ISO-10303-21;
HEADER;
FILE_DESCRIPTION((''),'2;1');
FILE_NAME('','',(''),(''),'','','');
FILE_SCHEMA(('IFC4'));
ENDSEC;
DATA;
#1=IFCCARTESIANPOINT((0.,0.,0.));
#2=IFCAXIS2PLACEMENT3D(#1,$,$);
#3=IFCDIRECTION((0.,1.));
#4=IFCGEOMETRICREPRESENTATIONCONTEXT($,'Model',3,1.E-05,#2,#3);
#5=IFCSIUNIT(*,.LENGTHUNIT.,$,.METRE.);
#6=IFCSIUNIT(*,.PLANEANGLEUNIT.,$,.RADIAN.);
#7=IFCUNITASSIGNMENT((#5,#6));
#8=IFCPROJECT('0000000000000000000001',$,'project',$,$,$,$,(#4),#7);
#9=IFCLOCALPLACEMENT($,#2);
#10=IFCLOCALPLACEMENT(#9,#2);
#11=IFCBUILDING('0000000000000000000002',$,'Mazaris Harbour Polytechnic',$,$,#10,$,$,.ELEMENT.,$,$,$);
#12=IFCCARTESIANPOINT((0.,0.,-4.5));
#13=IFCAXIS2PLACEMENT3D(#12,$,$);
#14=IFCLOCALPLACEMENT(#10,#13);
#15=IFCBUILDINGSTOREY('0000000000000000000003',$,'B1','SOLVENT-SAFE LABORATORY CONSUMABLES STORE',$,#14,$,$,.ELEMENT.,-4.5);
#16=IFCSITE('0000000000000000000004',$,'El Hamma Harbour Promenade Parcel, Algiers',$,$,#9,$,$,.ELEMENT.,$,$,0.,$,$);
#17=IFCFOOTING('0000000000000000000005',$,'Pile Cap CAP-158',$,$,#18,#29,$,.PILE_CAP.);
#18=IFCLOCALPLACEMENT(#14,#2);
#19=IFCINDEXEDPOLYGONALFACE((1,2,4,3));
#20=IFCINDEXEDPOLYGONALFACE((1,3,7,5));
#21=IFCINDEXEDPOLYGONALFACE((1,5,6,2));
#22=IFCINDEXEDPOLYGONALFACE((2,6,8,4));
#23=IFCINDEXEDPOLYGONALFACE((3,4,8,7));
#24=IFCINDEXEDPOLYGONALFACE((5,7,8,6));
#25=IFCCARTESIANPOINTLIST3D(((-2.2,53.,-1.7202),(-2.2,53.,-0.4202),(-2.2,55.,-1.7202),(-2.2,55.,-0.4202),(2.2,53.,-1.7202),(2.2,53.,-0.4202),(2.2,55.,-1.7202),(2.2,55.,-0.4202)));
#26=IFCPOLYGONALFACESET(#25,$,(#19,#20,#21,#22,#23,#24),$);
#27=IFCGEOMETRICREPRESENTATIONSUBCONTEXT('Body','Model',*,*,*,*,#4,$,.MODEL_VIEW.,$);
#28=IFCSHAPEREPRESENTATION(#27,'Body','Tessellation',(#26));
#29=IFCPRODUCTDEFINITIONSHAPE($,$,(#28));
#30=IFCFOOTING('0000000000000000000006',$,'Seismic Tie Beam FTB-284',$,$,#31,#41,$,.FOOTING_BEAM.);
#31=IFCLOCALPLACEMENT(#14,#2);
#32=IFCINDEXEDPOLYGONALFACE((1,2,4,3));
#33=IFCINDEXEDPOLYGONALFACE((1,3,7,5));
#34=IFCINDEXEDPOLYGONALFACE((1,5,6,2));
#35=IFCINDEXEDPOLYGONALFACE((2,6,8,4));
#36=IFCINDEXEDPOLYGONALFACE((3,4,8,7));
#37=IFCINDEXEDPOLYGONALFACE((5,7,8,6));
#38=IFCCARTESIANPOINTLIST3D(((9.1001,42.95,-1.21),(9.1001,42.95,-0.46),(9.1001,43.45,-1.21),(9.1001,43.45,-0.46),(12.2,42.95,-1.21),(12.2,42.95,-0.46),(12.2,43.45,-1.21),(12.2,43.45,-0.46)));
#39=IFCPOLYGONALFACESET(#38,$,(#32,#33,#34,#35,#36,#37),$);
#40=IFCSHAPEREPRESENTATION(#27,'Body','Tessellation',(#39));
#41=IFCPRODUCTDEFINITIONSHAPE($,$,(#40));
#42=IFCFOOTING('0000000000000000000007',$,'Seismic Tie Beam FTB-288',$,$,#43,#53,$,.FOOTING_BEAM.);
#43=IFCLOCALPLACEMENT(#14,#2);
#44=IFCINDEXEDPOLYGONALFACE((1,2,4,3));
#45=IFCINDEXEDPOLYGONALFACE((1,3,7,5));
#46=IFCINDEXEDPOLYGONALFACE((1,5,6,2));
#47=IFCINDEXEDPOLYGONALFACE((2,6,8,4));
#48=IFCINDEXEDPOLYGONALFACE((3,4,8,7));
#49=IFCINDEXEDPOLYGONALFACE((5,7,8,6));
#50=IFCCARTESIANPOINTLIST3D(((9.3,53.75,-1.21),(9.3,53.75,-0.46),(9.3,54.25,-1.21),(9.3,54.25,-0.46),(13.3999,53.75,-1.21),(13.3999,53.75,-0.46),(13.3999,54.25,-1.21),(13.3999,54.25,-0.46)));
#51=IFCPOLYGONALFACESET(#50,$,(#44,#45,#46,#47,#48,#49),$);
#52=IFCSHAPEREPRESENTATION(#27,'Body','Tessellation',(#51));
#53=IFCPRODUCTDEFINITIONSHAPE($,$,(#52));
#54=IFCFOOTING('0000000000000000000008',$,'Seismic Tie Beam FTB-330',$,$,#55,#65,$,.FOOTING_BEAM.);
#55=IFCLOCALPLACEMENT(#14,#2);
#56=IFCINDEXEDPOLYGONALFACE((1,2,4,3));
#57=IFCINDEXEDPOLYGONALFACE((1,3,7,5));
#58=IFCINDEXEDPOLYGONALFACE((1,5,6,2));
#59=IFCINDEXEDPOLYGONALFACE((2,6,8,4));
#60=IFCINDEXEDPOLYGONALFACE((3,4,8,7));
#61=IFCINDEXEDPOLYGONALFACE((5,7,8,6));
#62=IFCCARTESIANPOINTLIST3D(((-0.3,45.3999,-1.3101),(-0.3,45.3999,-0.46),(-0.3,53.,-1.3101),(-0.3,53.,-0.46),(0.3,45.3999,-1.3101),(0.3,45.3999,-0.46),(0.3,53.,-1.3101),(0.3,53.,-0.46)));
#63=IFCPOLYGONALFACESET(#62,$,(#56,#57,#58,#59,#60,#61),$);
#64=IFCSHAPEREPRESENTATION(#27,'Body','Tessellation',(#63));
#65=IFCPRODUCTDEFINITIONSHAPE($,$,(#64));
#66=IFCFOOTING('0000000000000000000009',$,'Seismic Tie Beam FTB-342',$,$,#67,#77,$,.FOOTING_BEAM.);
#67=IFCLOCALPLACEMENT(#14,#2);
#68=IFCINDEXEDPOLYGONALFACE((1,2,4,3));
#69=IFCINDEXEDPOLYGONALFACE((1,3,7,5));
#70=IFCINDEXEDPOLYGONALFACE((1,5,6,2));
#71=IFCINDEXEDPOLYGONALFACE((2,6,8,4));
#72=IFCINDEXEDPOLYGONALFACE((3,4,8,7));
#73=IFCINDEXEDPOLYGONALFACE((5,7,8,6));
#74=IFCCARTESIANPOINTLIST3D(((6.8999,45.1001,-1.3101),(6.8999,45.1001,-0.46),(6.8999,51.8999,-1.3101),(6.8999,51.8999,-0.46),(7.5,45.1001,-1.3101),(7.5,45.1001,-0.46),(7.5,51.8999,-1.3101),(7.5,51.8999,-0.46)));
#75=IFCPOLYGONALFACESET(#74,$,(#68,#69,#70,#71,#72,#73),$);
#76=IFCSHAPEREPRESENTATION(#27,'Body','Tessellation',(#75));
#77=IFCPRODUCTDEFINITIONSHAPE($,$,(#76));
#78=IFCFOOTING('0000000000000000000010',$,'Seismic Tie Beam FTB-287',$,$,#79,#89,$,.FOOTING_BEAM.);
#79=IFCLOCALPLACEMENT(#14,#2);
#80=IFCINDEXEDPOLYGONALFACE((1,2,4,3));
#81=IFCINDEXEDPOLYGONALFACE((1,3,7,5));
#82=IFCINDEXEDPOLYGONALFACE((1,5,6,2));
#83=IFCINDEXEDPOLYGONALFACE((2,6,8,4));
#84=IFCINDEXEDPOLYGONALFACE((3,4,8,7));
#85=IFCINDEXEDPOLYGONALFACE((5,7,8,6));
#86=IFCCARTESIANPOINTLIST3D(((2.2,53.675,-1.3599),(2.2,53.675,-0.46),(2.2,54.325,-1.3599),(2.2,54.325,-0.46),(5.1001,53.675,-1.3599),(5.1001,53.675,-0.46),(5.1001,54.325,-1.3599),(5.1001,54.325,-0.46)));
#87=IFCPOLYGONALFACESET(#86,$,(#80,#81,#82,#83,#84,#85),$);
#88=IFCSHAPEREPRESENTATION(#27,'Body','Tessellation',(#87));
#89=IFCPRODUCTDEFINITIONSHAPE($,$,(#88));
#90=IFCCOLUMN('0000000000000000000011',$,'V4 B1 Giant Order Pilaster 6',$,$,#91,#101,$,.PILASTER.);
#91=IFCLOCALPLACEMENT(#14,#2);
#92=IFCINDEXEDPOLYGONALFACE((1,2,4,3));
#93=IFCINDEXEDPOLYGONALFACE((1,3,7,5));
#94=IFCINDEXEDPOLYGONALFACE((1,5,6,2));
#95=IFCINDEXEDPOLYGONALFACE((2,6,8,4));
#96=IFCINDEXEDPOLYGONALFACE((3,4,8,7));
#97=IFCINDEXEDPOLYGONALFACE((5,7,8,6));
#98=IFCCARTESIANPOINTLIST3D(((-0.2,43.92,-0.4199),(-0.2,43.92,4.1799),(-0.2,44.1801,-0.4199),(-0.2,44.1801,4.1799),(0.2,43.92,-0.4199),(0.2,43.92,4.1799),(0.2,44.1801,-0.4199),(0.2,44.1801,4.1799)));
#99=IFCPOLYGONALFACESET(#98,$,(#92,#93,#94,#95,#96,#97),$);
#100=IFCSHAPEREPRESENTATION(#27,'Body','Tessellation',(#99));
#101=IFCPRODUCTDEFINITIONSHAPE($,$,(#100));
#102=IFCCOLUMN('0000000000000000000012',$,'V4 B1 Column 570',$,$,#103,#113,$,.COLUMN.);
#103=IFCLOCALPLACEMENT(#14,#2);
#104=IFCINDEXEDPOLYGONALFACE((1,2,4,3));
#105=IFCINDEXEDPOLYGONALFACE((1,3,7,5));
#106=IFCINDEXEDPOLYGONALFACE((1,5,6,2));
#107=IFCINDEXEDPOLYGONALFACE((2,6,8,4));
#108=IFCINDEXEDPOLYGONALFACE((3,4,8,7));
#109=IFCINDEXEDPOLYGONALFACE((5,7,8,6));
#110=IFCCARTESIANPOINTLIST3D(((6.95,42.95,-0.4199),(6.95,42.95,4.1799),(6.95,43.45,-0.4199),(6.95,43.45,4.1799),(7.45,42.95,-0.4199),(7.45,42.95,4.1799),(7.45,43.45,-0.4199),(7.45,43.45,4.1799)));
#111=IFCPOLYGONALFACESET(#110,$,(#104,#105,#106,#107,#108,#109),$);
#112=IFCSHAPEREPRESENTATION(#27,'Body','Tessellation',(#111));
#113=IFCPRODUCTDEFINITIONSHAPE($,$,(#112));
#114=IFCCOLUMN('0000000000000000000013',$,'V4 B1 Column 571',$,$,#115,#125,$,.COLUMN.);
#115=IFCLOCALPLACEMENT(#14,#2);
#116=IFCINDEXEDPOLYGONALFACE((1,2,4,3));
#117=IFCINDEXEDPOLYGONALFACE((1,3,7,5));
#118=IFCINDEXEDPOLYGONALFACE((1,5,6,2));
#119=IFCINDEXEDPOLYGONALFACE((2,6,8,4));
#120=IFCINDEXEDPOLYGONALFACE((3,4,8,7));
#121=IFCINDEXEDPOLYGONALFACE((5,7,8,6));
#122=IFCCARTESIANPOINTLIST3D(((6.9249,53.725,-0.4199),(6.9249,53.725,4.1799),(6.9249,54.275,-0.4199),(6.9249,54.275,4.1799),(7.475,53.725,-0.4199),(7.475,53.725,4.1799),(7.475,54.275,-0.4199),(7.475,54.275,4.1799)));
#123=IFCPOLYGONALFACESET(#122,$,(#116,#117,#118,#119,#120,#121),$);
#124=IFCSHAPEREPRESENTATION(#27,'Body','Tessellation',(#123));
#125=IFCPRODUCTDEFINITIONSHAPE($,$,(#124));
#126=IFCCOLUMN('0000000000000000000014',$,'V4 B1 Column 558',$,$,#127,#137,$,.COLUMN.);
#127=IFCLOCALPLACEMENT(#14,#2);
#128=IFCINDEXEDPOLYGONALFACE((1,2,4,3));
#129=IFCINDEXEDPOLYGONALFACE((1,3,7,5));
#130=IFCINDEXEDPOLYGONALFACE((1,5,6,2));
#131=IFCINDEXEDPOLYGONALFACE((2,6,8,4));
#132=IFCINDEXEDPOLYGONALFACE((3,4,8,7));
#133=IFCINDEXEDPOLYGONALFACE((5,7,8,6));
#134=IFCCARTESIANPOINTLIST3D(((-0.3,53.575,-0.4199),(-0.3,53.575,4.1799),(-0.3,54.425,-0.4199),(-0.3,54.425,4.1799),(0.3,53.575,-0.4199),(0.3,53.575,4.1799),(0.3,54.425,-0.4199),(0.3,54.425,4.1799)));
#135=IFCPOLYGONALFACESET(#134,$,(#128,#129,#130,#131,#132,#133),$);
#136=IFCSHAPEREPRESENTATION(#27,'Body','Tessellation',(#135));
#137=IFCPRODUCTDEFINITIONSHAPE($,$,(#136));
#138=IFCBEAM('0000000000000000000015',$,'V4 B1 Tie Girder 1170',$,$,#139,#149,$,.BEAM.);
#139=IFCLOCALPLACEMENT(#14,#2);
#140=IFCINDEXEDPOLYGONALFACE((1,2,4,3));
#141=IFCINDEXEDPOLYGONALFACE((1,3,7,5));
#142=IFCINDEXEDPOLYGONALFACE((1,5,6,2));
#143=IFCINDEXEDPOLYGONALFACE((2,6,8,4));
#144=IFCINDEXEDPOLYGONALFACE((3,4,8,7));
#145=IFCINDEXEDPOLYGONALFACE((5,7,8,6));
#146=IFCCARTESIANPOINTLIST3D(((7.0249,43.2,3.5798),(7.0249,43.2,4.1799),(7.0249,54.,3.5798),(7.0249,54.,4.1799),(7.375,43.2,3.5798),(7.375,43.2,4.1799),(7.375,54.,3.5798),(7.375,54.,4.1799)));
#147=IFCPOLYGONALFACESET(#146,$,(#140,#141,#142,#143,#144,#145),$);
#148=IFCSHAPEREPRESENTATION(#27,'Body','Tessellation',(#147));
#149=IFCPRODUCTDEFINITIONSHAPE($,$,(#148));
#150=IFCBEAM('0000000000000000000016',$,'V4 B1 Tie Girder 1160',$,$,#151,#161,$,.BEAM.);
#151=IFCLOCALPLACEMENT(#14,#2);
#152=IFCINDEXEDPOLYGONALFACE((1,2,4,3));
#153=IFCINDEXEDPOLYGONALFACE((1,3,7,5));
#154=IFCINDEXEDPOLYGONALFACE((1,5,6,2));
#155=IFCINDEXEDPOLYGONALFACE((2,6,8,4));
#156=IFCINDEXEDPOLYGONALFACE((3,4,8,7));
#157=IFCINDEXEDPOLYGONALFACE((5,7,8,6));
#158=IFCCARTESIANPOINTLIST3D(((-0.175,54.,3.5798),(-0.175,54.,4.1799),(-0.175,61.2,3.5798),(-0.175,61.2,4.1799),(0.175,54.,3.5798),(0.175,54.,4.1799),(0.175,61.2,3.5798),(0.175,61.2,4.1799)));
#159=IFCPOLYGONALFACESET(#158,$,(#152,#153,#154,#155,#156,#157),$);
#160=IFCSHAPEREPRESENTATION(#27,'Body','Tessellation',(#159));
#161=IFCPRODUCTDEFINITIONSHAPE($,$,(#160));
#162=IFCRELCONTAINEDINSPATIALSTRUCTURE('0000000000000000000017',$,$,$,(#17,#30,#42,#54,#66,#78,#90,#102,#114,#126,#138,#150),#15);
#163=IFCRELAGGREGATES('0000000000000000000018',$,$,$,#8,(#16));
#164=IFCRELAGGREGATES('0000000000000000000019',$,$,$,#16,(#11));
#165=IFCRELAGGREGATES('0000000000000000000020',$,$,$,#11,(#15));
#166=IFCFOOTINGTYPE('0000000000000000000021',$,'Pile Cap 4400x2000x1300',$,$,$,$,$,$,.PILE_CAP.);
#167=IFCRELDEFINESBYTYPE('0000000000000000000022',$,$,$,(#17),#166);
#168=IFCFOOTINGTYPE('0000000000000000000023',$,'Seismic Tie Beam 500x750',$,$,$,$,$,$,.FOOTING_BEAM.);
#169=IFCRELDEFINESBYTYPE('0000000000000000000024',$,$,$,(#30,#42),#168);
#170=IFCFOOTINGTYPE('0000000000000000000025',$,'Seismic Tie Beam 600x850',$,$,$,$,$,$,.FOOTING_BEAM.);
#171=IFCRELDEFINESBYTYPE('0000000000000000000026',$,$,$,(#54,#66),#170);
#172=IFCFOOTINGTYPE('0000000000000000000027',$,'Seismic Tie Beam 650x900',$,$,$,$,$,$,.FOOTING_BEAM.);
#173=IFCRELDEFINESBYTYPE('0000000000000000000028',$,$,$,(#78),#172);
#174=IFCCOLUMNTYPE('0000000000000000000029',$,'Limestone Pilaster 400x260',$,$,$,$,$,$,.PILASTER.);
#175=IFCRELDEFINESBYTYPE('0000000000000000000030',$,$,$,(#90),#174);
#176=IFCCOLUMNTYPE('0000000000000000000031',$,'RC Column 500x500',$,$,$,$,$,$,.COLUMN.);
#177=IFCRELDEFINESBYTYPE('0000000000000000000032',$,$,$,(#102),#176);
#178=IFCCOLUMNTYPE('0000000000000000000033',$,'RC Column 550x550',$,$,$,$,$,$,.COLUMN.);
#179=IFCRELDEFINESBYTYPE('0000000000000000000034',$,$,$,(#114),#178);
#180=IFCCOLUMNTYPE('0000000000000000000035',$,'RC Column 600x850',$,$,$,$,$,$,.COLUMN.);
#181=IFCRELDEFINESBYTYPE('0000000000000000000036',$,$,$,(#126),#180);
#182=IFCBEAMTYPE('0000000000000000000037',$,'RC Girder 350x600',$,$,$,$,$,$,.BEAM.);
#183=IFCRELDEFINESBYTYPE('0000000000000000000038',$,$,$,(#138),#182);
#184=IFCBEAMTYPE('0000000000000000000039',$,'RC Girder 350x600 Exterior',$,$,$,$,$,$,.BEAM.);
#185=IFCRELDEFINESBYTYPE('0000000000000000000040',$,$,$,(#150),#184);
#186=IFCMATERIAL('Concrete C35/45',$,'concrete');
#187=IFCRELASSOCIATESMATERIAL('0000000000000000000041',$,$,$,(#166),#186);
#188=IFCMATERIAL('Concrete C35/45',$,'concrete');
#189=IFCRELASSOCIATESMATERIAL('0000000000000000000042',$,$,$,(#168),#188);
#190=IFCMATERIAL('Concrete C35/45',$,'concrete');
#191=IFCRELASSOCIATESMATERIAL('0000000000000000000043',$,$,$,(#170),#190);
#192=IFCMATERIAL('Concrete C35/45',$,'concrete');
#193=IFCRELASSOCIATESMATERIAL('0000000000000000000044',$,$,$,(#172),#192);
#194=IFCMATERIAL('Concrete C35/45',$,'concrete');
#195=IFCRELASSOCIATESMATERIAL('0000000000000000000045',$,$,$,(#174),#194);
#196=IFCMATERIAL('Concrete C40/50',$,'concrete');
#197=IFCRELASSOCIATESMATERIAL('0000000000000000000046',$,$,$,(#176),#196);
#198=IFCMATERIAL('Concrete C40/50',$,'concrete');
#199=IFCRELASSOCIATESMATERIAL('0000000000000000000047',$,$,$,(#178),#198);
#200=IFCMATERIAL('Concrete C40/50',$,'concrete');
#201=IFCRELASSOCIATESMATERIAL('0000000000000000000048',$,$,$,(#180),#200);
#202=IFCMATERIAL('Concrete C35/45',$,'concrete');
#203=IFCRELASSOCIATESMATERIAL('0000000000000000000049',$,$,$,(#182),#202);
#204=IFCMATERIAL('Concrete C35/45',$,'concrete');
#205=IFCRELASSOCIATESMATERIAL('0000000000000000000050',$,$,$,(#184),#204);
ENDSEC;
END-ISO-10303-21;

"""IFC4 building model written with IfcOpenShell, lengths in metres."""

from ifc_helpers import new_model, si_unit, direction, frame, origin, origin_2d, place, context, subcontext, project, spatial, rectangle, extrude, material, material_profile, profile_set, type_object, element, save


model = new_model("IFC4")

# Units and contexts
model_context = context("Model", 3, precision=1e-05, world=origin(), true_north=direction((0.0, 1.0)))
body_context = subcontext(model_context, "Body", "Model", "MODEL_VIEW")
ifc_project = project(units=[si_unit("LENGTHUNIT", "METRE"), si_unit("PLANEANGLEUNIT", "RADIAN")], contexts=[model_context])

# Site, building, storey
site_placement = place(None, origin())
site = spatial("IfcSite", under=ifc_project, at=site_placement, Name="El Hamma Harbour Promenade Parcel, Algiers", CompositionType="ELEMENT", RefElevation=0.0)
building_placement = place(site_placement, origin())
building = spatial("IfcBuilding", under=site, at=building_placement, Name="Mazaris Harbour Polytechnic", CompositionType="ELEMENT")
storey_placement = place(building_placement, frame((0.0, 0.0, -4.5)))
storey = spatial("IfcBuildingStorey", under=building, at=storey_placement, Name="B1", Description="SOLVENT-SAFE LABORATORY CONSUMABLES STORE", CompositionType="ELEMENT", Elevation=-4.5)

# Footings
ifc_material_1 = material(Name="Concrete C35/45", Category="concrete")
footing_type_1 = type_object("IfcFootingType", Name="Pile Cap 4400x2000x1300", PredefinedType="PILE_CAP", material=ifc_material_1)
footing_1_placement = place(storey_placement, frame((0.0, 54.0, -1.7202), z_axis=(0.0, 0.0, 1.0), x_axis=(1.0, 0.0, 0.0)))
element("IfcFooting", 1, at=footing_1_placement, inside=storey, type_object=footing_type_1, Name="Pile Cap CAP-158", PredefinedType="PILE_CAP", context=body_context, shape_type="SweptSolid", body=[
    extrude(rectangle(XDim=4.3999, YDim=2.0, at=origin_2d()), origin(), (0.0, 0.0, 1.0), 1.3),
])
ifc_material_2 = material(Name="Concrete C35/45", Category="concrete")
ifc_material_profile_1 = material_profile(ifc_material_2, rectangle(XDim=0.5, YDim=0.75, at=origin_2d()), Name="RECT500x750")
ifc_profile_set_1 = profile_set([ifc_material_profile_1], Name="Concrete C35/45")
footing_type_2 = type_object("IfcFootingType", Name="Seismic Tie Beam 500x750", PredefinedType="FOOTING_BEAM", material=ifc_profile_set_1)
footing_2_placement = place(storey_placement, frame((9.1001, 43.2, -0.835), z_axis=(1.0, 0.0, 0.0), x_axis=(0.0, 1.0, 0.0)))
element("IfcFooting", 2, at=footing_2_placement, inside=storey, type_object=footing_type_2, Name="Seismic Tie Beam FTB-284", PredefinedType="FOOTING_BEAM", context=body_context, shape_type="SweptSolid", body=[
    extrude(rectangle(XDim=0.5, YDim=0.75, at=origin_2d()), origin(), (0.0, 0.0, 1.0), 3.0999),
])
footing_3_placement = place(storey_placement, frame((9.3, 54.0, -0.835), z_axis=(1.0, 0.0, 0.0), x_axis=(0.0, 1.0, 0.0)))
element("IfcFooting", 3, at=footing_3_placement, inside=storey, type_object=footing_type_2, Name="Seismic Tie Beam FTB-288", PredefinedType="FOOTING_BEAM", context=body_context, shape_type="SweptSolid", body=[
    extrude(rectangle(XDim=0.5, YDim=0.75, at=origin_2d()), origin(), (0.0, 0.0, 1.0), 4.0999),
])
ifc_material_3 = material(Name="Concrete C35/45", Category="concrete")
ifc_material_profile_2 = material_profile(ifc_material_3, rectangle(XDim=0.6001, YDim=0.8501, at=origin_2d()), Name="RECT600x850")
ifc_profile_set_2 = profile_set([ifc_material_profile_2], Name="Concrete C35/45")
footing_type_3 = type_object("IfcFootingType", Name="Seismic Tie Beam 600x850", PredefinedType="FOOTING_BEAM", material=ifc_profile_set_2)
footing_4_placement = place(storey_placement, frame((0.0, 45.3999, -0.885), z_axis=(0.0, 1.0, 0.0), x_axis=(-1.0, 0.0, 0.0)))
element("IfcFooting", 4, at=footing_4_placement, inside=storey, type_object=footing_type_3, Name="Seismic Tie Beam FTB-330", PredefinedType="FOOTING_BEAM", context=body_context, shape_type="SweptSolid", body=[
    extrude(rectangle(XDim=0.6001, YDim=0.8501, at=origin_2d()), origin(), (0.0, 0.0, 1.0), 7.6001),
])
footing_5_placement = place(storey_placement, frame((7.2, 45.1001, -0.885), z_axis=(0.0, 1.0, 0.0), x_axis=(-1.0, 0.0, 0.0)))
element("IfcFooting", 5, at=footing_5_placement, inside=storey, type_object=footing_type_3, Name="Seismic Tie Beam FTB-342", PredefinedType="FOOTING_BEAM", context=body_context, shape_type="SweptSolid", body=[
    extrude(rectangle(XDim=0.6001, YDim=0.8501, at=origin_2d()), origin(), (0.0, 0.0, 1.0), 6.7998),
])
ifc_material_4 = material(Name="Concrete C35/45", Category="concrete")
ifc_material_profile_3 = material_profile(ifc_material_4, rectangle(XDim=0.6499, YDim=0.8999, at=origin_2d()), Name="RECT650x900")
ifc_profile_set_3 = profile_set([ifc_material_profile_3], Name="Concrete C35/45")
footing_type_4 = type_object("IfcFootingType", Name="Seismic Tie Beam 650x900", PredefinedType="FOOTING_BEAM", material=ifc_profile_set_3)
footing_6_placement = place(storey_placement, frame((2.2, 54.0, -0.9099), z_axis=(1.0, 0.0, 0.0), x_axis=(0.0, 1.0, 0.0)))
element("IfcFooting", 6, at=footing_6_placement, inside=storey, type_object=footing_type_4, Name="Seismic Tie Beam FTB-287", PredefinedType="FOOTING_BEAM", context=body_context, shape_type="SweptSolid", body=[
    extrude(rectangle(XDim=0.6499, YDim=0.8999, at=origin_2d()), origin(), (0.0, 0.0, 1.0), 2.9001),
])

# Columns
ifc_material_5 = material(Name="Concrete C35/45", Category="concrete")
ifc_material_profile_4 = material_profile(ifc_material_5, rectangle(XDim=0.3999, YDim=0.26, at=origin_2d()), Name="RECT400x260")
ifc_profile_set_4 = profile_set([ifc_material_profile_4], Name="Concrete C35/45")
column_type_1 = type_object("IfcColumnType", Name="Limestone Pilaster 400x260", PredefinedType="PILASTER", material=ifc_profile_set_4)
column_1_placement = place(storey_placement, frame((0.0, 44.05, -0.4199), z_axis=(0.0, 0.0, 1.0), x_axis=(1.0, 0.0, 0.0)))
element("IfcColumn", 7, at=column_1_placement, inside=storey, type_object=column_type_1, Name="V4 B1 Giant Order Pilaster 6", PredefinedType="PILASTER", context=body_context, shape_type="SweptSolid", body=[
    extrude(rectangle(XDim=0.3999, YDim=0.26, at=origin_2d()), origin(), (0.0, 0.0, 1.0), 4.5999),
])
ifc_material_6 = material(Name="Concrete C40/50", Category="concrete")
ifc_material_profile_5 = material_profile(ifc_material_6, rectangle(XDim=0.5, YDim=0.5, at=origin_2d()), Name="RECT500x500")
ifc_profile_set_5 = profile_set([ifc_material_profile_5], Name="Concrete C40/50")
column_type_2 = type_object("IfcColumnType", Name="RC Column 500x500", PredefinedType="COLUMN", material=ifc_profile_set_5)
column_2_placement = place(storey_placement, frame((7.2, 43.2, -0.4199), z_axis=(0.0, 0.0, 1.0), x_axis=(1.0, 0.0, 0.0)))
element("IfcColumn", 8, at=column_2_placement, inside=storey, type_object=column_type_2, Name="V4 B1 Column 570", PredefinedType="COLUMN", context=body_context, shape_type="SweptSolid", body=[
    extrude(rectangle(XDim=0.5, YDim=0.5, at=origin_2d()), origin(), (0.0, 0.0, 1.0), 4.5999),
])
ifc_material_7 = material(Name="Concrete C40/50", Category="concrete")
ifc_material_profile_6 = material_profile(ifc_material_7, rectangle(XDim=0.55, YDim=0.55, at=origin_2d()), Name="RECT550x550")
ifc_profile_set_6 = profile_set([ifc_material_profile_6], Name="Concrete C40/50")
column_type_3 = type_object("IfcColumnType", Name="RC Column 550x550", PredefinedType="COLUMN", material=ifc_profile_set_6)
column_3_placement = place(storey_placement, frame((7.2, 54.0, -0.4199), z_axis=(0.0, 0.0, 1.0), x_axis=(1.0, 0.0, 0.0)))
element("IfcColumn", 9, at=column_3_placement, inside=storey, type_object=column_type_3, Name="V4 B1 Column 571", PredefinedType="COLUMN", context=body_context, shape_type="SweptSolid", body=[
    extrude(rectangle(XDim=0.55, YDim=0.55, at=origin_2d()), origin(), (0.0, 0.0, 1.0), 4.5999),
])
ifc_material_8 = material(Name="Concrete C40/50", Category="concrete")
ifc_material_profile_7 = material_profile(ifc_material_8, rectangle(XDim=0.6001, YDim=0.8501, at=origin_2d()), Name="RECT600x850")
ifc_profile_set_7 = profile_set([ifc_material_profile_7], Name="Concrete C40/50")
column_type_4 = type_object("IfcColumnType", Name="RC Column 600x850", PredefinedType="COLUMN", material=ifc_profile_set_7)
column_4_placement = place(storey_placement, frame((0.0, 54.0, -0.4199), z_axis=(0.0, 0.0, 1.0), x_axis=(1.0, 0.0, 0.0)))
element("IfcColumn", 10, at=column_4_placement, inside=storey, type_object=column_type_4, Name="V4 B1 Column 558", PredefinedType="COLUMN", context=body_context, shape_type="SweptSolid", body=[
    extrude(rectangle(XDim=0.6001, YDim=0.8501, at=origin_2d()), origin(), (0.0, 0.0, 1.0), 4.5999),
])

# Beams
ifc_material_9 = material(Name="Concrete C35/45", Category="concrete")
ifc_material_profile_8 = material_profile(ifc_material_9, rectangle(XDim=0.3501, YDim=0.6001, at=origin_2d()), Name="RECT350x600")
ifc_profile_set_8 = profile_set([ifc_material_profile_8], Name="Concrete C35/45")
beam_type_1 = type_object("IfcBeamType", Name="RC Girder 350x600", PredefinedType="BEAM", material=ifc_profile_set_8)
beam_1_placement = place(storey_placement, frame((7.2, 43.2, 3.8799), z_axis=(0.0, 1.0, 0.0), x_axis=(-1.0, 0.0, 0.0)))
element("IfcBeam", 11, at=beam_1_placement, inside=storey, type_object=beam_type_1, Name="V4 B1 Tie Girder 1170", PredefinedType="BEAM", context=body_context, shape_type="SweptSolid", body=[
    extrude(rectangle(XDim=0.3501, YDim=0.6001, at=origin_2d()), origin(), (0.0, 0.0, 1.0), 10.8),
])
ifc_material_10 = material(Name="Concrete C35/45", Category="concrete")
ifc_material_profile_9 = material_profile(ifc_material_10, rectangle(XDim=0.3501, YDim=0.6001, at=origin_2d()), Name="RECT350x600")
ifc_profile_set_9 = profile_set([ifc_material_profile_9], Name="Concrete C35/45")
beam_type_2 = type_object("IfcBeamType", Name="RC Girder 350x600 Exterior", PredefinedType="BEAM", material=ifc_profile_set_9)
beam_2_placement = place(storey_placement, frame((0.0, 54.0, 3.8799), z_axis=(0.0, 1.0, 0.0), x_axis=(-1.0, 0.0, 0.0)))
element("IfcBeam", 12, at=beam_2_placement, inside=storey, type_object=beam_type_2, Name="V4 B1 Tie Girder 1160", PredefinedType="BEAM", context=body_context, shape_type="SweptSolid", body=[
    extrude(rectangle(XDim=0.3501, YDim=0.6001, at=origin_2d()), origin(), (0.0, 0.0, 1.0), 7.2),
])

save(model, "model.ifc")
